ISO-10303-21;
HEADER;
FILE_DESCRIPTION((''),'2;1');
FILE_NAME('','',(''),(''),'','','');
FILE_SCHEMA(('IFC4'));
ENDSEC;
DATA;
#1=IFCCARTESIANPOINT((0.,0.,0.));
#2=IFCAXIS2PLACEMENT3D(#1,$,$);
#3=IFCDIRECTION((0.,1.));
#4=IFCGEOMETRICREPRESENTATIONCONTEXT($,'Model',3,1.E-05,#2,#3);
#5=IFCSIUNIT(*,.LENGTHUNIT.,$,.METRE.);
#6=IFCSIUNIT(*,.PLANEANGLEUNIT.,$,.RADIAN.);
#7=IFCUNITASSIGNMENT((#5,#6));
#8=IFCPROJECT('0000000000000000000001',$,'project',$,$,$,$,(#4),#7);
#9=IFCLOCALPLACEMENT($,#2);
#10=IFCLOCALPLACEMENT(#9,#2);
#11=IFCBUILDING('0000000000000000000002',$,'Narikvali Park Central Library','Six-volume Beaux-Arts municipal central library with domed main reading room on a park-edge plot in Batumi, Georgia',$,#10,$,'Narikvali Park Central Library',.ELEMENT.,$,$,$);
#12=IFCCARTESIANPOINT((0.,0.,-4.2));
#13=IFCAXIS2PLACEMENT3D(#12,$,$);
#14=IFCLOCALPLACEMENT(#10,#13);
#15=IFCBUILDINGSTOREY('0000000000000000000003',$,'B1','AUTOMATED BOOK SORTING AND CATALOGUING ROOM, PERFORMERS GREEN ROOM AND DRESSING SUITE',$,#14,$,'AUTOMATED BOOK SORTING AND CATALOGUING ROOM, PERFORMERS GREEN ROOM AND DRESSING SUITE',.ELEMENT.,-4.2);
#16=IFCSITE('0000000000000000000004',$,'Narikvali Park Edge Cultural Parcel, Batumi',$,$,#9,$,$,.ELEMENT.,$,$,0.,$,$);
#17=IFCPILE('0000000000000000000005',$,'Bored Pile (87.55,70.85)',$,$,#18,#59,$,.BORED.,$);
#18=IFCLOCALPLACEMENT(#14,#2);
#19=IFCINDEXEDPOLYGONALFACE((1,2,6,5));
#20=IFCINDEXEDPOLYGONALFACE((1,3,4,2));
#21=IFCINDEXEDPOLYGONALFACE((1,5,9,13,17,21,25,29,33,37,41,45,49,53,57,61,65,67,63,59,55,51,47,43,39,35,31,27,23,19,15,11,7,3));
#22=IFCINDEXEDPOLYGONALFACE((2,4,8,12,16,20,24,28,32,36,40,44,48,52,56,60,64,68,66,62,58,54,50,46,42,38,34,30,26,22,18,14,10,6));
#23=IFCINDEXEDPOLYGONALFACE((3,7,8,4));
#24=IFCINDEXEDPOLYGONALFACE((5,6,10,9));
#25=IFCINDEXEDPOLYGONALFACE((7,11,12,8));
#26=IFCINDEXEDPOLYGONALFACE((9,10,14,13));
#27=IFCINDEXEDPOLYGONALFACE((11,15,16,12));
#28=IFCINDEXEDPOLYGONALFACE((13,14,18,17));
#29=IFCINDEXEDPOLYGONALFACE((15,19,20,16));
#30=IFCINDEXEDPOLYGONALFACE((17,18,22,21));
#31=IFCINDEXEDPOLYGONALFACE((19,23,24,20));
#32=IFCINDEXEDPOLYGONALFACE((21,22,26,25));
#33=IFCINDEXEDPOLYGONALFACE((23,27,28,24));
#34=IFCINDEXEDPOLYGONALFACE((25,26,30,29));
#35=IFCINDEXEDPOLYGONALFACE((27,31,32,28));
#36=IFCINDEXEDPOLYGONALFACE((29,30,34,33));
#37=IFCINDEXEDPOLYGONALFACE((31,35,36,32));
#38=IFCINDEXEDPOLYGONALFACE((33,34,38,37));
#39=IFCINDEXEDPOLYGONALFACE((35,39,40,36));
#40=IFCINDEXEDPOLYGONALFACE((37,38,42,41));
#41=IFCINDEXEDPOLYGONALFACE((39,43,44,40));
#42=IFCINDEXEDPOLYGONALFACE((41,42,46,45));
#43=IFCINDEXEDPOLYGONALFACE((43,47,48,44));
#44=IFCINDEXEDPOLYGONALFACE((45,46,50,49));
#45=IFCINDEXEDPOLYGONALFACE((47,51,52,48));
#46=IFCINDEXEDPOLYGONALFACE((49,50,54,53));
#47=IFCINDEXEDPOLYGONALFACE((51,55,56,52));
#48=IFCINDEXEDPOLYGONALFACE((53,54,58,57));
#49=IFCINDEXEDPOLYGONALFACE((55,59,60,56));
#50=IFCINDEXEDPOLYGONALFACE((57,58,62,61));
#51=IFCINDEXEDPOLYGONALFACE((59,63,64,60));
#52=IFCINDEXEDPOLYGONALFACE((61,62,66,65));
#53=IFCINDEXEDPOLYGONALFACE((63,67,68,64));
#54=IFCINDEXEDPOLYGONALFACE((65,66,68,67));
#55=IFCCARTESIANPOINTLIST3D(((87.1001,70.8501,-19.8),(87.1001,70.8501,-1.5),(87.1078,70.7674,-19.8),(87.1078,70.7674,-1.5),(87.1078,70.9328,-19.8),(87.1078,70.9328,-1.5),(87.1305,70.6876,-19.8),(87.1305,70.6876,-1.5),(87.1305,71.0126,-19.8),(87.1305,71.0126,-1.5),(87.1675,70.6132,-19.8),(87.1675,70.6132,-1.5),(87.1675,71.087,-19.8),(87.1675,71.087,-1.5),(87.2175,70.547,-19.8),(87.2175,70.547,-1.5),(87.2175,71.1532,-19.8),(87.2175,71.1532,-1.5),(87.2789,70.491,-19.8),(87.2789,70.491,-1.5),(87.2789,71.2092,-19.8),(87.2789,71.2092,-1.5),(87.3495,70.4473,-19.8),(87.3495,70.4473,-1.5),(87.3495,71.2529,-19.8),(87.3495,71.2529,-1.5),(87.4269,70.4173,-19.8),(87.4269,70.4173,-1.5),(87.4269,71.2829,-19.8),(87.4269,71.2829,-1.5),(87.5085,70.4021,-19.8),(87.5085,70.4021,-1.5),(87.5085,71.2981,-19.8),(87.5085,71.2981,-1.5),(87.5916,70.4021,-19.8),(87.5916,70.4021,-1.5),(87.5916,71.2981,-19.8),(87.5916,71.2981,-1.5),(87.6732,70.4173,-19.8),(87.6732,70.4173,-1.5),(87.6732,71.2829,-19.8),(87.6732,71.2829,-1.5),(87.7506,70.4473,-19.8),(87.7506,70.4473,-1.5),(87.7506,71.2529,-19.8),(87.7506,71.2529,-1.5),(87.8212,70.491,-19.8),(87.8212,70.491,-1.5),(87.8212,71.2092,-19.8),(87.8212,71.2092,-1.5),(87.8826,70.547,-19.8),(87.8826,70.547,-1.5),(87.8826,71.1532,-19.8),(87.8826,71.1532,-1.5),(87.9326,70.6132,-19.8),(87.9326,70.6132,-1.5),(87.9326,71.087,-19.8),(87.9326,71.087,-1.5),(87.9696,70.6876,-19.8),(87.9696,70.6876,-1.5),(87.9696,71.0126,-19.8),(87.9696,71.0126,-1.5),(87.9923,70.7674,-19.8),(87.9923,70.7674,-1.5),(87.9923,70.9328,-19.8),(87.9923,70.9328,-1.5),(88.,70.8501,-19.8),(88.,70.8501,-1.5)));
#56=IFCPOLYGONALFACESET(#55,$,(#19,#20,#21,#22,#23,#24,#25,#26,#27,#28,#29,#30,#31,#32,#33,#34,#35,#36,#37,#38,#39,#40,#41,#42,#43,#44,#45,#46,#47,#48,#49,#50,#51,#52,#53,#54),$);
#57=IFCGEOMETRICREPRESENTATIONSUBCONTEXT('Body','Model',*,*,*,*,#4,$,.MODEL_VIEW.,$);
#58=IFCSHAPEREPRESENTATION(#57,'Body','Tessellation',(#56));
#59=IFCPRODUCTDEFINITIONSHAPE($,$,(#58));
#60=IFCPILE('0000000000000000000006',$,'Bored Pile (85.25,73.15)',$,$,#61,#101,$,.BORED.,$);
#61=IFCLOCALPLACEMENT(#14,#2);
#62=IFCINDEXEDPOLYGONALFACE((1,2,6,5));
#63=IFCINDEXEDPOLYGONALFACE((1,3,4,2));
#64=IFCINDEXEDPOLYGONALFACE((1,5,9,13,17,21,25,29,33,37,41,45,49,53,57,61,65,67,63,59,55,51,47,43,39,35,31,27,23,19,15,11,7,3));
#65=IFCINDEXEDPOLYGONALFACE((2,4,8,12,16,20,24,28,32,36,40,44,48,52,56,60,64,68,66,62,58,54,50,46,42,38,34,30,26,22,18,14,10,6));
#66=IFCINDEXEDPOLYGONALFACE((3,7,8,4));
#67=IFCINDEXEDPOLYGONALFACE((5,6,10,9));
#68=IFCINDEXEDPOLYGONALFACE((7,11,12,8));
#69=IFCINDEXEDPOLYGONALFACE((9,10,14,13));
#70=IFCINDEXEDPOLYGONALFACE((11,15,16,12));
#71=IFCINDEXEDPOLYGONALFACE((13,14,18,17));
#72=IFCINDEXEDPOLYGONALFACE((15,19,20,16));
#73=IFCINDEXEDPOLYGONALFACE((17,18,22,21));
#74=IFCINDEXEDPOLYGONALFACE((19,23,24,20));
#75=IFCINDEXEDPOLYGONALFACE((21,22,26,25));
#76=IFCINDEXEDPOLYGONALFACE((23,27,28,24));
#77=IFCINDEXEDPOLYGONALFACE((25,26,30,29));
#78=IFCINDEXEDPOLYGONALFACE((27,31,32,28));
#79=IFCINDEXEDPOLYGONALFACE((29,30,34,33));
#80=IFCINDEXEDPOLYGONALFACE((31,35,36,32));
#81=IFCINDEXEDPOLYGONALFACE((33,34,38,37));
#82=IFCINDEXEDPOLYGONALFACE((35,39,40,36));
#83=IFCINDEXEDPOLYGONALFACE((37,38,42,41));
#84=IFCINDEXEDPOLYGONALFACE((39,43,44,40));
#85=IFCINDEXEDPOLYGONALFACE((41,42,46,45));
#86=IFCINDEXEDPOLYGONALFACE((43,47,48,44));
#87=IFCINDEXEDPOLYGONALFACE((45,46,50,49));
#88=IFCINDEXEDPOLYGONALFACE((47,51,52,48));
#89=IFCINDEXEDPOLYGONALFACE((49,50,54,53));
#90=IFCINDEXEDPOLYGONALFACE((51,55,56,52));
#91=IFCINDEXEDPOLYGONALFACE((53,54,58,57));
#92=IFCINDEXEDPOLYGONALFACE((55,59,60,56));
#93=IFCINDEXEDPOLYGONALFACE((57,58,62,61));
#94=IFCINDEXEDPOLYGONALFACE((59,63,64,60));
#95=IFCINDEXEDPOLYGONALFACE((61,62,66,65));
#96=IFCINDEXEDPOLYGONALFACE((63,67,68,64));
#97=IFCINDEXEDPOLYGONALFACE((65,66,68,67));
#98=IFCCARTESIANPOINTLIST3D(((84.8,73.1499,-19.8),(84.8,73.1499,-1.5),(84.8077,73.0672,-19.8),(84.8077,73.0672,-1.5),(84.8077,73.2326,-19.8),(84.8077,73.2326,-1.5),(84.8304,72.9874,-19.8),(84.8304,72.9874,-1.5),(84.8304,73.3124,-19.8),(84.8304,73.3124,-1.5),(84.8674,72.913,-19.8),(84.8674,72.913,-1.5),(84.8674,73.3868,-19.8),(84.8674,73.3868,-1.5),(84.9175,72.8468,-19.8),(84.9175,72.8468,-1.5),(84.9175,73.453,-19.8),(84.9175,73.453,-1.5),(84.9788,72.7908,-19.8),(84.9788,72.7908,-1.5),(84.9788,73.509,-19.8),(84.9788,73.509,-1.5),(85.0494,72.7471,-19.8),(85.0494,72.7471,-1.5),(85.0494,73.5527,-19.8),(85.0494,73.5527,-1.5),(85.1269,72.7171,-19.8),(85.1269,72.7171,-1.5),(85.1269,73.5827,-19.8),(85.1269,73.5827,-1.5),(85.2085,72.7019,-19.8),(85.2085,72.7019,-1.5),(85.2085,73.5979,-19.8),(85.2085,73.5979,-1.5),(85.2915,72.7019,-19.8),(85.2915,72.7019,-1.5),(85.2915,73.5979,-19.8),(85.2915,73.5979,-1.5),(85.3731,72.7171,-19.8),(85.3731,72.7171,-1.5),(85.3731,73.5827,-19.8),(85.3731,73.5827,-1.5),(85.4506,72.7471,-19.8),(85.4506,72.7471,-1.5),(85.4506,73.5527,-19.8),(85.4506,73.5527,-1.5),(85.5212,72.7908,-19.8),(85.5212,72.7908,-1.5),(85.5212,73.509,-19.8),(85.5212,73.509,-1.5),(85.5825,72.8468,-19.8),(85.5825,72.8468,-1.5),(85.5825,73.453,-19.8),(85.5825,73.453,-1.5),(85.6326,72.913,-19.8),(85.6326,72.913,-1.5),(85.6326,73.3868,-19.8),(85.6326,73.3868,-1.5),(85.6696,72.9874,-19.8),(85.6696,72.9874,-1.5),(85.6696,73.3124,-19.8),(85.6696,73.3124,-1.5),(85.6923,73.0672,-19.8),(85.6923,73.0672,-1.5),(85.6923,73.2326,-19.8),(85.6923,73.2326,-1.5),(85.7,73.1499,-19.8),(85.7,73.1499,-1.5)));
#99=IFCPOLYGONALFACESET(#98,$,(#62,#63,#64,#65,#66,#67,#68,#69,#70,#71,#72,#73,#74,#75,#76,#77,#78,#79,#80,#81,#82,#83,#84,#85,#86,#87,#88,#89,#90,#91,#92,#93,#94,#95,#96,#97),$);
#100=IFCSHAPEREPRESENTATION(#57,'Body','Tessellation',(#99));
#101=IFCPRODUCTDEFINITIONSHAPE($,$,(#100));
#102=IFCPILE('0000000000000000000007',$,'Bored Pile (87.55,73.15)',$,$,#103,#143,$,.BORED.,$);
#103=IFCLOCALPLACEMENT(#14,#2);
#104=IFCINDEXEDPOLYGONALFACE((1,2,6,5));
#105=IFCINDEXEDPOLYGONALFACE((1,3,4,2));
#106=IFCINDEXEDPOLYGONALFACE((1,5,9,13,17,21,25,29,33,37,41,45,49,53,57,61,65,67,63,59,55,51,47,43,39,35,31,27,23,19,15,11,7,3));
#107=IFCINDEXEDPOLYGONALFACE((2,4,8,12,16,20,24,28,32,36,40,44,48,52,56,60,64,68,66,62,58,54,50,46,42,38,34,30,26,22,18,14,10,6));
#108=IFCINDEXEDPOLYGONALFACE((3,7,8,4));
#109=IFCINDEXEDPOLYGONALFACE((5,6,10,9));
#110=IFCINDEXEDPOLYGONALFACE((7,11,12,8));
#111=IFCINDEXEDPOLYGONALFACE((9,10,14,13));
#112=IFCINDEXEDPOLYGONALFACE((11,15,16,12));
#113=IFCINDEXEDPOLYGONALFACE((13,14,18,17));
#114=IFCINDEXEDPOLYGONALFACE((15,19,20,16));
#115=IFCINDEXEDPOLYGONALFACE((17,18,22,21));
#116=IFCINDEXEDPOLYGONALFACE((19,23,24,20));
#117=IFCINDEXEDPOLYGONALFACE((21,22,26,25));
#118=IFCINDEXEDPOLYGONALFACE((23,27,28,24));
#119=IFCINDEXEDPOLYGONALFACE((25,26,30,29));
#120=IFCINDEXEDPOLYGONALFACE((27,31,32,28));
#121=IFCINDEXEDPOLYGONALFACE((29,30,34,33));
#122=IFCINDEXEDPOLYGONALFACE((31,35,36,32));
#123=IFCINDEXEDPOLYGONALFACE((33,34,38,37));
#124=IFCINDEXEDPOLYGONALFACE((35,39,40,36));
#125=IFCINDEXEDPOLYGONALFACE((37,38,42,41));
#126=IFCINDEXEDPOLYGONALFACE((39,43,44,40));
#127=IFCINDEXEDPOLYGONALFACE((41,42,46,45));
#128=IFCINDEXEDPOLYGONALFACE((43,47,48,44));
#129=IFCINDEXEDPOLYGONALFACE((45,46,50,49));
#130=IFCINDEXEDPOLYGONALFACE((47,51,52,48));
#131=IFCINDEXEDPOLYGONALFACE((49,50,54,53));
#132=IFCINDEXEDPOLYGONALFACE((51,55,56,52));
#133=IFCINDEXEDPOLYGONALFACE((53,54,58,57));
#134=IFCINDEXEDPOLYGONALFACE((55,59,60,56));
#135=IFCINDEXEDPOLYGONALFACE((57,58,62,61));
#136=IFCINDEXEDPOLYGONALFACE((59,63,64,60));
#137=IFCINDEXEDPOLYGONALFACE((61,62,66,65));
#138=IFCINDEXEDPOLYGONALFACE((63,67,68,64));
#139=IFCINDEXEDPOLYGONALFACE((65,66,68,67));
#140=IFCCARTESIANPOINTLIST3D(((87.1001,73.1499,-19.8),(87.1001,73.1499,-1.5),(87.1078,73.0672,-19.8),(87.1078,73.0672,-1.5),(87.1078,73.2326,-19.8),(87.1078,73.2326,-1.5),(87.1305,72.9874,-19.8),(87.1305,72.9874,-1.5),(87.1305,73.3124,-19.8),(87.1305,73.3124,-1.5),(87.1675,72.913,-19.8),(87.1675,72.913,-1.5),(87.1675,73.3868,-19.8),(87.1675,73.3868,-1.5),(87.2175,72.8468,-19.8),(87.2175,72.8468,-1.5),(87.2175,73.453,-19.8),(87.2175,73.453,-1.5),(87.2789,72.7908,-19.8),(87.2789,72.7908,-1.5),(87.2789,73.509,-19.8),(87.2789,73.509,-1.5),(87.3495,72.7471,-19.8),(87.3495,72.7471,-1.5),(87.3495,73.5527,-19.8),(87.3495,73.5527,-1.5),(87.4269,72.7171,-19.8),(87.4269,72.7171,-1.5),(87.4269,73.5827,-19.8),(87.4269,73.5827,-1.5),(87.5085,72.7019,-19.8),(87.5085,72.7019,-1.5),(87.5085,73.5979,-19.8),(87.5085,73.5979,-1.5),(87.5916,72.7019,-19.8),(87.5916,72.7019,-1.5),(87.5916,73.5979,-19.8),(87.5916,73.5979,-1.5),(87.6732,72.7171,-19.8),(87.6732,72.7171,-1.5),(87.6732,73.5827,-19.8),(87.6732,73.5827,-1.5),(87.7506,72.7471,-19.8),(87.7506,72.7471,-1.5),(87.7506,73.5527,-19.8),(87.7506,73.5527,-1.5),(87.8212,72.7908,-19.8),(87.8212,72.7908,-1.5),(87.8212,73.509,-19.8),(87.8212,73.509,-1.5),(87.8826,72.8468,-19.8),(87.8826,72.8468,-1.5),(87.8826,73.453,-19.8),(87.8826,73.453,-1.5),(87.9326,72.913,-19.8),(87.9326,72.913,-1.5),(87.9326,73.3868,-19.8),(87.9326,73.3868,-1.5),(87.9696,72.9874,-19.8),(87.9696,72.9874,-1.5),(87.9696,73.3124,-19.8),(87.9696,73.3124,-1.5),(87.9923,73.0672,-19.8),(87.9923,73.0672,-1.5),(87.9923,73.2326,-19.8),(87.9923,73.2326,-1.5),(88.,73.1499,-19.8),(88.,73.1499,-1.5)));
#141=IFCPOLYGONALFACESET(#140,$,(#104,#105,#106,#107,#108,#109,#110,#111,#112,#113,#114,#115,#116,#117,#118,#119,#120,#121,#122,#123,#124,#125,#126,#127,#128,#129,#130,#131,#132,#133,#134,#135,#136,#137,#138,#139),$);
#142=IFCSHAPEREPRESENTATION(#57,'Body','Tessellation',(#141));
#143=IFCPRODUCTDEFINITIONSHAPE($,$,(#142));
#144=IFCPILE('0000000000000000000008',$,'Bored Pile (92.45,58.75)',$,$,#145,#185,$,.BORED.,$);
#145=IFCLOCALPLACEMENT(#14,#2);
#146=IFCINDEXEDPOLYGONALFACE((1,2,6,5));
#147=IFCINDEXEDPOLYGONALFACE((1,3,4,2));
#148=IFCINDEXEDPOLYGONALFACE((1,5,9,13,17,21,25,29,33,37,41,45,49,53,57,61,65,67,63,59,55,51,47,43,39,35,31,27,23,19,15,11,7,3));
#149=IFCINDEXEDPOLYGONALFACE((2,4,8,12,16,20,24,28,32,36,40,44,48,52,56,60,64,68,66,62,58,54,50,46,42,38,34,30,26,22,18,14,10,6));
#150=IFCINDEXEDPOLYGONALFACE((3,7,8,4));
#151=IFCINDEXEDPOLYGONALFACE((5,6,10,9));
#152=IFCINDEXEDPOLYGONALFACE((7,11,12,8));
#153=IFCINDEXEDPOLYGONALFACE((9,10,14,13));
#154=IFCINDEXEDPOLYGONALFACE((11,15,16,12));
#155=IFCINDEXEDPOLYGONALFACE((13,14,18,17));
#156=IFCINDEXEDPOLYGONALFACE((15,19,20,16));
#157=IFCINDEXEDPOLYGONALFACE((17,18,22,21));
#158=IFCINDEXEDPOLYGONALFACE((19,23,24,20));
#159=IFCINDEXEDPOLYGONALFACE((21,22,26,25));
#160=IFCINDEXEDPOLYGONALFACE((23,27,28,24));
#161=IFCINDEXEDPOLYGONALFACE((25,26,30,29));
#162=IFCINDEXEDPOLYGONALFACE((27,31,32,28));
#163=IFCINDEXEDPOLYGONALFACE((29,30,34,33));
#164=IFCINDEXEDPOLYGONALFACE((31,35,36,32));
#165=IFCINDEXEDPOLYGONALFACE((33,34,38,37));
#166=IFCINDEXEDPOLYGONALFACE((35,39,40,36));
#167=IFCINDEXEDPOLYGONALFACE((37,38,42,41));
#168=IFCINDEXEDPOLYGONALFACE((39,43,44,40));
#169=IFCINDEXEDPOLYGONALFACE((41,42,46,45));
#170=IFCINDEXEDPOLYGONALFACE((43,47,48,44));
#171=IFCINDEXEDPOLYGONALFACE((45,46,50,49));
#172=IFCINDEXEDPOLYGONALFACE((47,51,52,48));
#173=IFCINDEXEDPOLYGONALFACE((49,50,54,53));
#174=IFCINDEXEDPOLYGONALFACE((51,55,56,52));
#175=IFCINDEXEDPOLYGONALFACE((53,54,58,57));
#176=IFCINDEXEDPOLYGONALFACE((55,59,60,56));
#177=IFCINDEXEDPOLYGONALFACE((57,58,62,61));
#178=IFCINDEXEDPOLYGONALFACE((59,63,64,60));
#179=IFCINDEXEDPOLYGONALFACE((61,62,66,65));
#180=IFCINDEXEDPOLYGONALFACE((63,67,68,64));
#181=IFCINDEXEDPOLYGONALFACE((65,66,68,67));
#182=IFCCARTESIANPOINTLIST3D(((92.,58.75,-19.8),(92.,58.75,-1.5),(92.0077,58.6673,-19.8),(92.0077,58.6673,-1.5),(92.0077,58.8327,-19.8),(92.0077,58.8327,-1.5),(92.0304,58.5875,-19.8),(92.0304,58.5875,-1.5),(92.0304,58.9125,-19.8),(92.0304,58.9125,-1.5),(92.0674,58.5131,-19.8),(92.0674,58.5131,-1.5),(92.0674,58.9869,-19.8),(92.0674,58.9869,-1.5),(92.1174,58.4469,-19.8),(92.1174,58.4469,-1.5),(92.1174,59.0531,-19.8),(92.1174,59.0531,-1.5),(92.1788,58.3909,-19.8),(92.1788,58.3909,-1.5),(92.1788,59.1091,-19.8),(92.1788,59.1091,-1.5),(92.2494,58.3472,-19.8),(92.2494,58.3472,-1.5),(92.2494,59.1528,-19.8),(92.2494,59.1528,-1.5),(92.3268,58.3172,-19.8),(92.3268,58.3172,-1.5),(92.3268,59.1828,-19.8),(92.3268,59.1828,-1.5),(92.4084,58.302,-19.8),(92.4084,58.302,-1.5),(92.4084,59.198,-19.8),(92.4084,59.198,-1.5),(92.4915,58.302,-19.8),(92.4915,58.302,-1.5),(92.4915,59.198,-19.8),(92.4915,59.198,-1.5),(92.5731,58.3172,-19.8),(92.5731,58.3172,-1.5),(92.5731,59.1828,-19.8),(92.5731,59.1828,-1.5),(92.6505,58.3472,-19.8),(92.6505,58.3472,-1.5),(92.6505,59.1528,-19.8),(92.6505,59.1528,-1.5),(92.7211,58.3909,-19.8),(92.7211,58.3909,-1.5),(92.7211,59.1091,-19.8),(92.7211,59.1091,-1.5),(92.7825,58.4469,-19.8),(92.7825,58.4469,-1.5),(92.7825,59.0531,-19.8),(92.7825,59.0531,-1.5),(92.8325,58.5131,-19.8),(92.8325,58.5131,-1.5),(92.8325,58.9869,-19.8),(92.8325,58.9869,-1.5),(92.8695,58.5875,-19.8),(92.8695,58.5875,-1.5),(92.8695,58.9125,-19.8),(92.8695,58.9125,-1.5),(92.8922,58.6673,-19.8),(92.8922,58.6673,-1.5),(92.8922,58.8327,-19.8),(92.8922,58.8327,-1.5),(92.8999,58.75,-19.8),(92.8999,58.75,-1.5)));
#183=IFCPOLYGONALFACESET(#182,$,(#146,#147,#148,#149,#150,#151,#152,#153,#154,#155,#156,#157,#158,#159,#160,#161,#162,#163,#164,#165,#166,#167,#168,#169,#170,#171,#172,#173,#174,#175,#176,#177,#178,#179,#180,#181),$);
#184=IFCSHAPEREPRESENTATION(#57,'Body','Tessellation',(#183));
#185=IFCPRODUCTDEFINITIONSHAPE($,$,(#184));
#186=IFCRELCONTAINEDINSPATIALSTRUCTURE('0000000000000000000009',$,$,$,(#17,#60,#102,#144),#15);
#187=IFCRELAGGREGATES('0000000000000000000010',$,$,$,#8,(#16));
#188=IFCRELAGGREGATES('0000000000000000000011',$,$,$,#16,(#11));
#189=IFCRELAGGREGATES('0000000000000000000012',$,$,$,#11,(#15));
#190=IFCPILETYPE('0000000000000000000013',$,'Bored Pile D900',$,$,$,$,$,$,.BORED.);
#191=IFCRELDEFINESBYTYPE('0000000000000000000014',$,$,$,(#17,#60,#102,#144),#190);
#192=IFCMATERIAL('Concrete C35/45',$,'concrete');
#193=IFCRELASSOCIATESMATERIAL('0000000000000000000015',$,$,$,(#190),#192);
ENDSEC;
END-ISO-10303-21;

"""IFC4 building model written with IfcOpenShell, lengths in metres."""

from ifc_helpers import new_model, si_unit, direction, frame, origin, origin_2d, place, context, subcontext, project, spatial, circle, extrude, material, material_profile, profile_set, type_object, element, save


model = new_model("IFC4")

# Units and contexts
model_context = context("Model", 3, precision=1e-05, world=origin(), true_north=direction((0.0, 1.0)))
body_context = subcontext(model_context, "Body", "Model", "MODEL_VIEW")
ifc_project = project(units=[si_unit("LENGTHUNIT", "METRE"), si_unit("PLANEANGLEUNIT", "RADIAN")], contexts=[model_context])

# Site, building, storey
site_placement = place(None, origin())
site = spatial("IfcSite", under=ifc_project, at=site_placement, Name="Narikvali Park Edge Cultural Parcel, Batumi", CompositionType="ELEMENT", RefElevation=0.0)
building_placement = place(site_placement, origin())
building = spatial("IfcBuilding", under=site, at=building_placement, Name="Narikvali Park Central Library", Description="Six-volume Beaux-Arts municipal central library with domed main reading room on a park-edge plot in Batumi, Georgia", LongName="Narikvali Park Central Library", CompositionType="ELEMENT")
storey_placement = place(building_placement, frame((0.0, 0.0, -4.2)))
storey = spatial("IfcBuildingStorey", under=building, at=storey_placement, Name="B1", Description="AUTOMATED BOOK SORTING AND CATALOGUING ROOM, PERFORMERS GREEN ROOM AND DRESSING SUITE", LongName="AUTOMATED BOOK SORTING AND CATALOGUING ROOM, PERFORMERS GREEN ROOM AND DRESSING SUITE", CompositionType="ELEMENT", Elevation=-4.2)

# Piles
ifc_material_1 = material(Name="Concrete C35/45", Category="concrete")
ifc_material_profile_1 = material_profile(ifc_material_1, circle(Radius=0.45, at=origin_2d()), Name="PILE D900")
ifc_profile_set_1 = profile_set([ifc_material_profile_1], Name="Concrete C35/45")
pile_type = type_object("IfcPileType", Name="Bored Pile D900", PredefinedType="BORED", material=ifc_profile_set_1)
for number, where, z_axis, x_axis, name in (
    (1, (87.55, 70.8501, -1.5), (0.0, 0.0, -1.0), (1.0, 0.0, 0.0), "Bored Pile (87.55,70.85)"),
    (2, (85.25, 73.1499, -1.5), (0.0, 0.0, -1.0), (1.0, 0.0, 0.0), "Bored Pile (85.25,73.15)"),
    (3, (87.55, 73.1499, -1.5), (0.0, 0.0, -1.0), (1.0, 0.0, 0.0), "Bored Pile (87.55,73.15)"),
    (4, (92.45, 58.75, -1.5), (0.0, 0.0, -1.0), (1.0, 0.0, 0.0), "Bored Pile (92.45,58.75)"),
):
    element("IfcPile", number, at=place(storey_placement, frame(where, z_axis=z_axis, x_axis=x_axis)), inside=storey, type_object=pile_type, Name=name, PredefinedType="BORED", context=body_context, shape_type="SweptSolid", body=[
        extrude(circle(Radius=0.45, at=origin_2d()), origin(), (0.0, 0.0, 1.0), 18.3),
    ])

save(model, "model.ifc")
